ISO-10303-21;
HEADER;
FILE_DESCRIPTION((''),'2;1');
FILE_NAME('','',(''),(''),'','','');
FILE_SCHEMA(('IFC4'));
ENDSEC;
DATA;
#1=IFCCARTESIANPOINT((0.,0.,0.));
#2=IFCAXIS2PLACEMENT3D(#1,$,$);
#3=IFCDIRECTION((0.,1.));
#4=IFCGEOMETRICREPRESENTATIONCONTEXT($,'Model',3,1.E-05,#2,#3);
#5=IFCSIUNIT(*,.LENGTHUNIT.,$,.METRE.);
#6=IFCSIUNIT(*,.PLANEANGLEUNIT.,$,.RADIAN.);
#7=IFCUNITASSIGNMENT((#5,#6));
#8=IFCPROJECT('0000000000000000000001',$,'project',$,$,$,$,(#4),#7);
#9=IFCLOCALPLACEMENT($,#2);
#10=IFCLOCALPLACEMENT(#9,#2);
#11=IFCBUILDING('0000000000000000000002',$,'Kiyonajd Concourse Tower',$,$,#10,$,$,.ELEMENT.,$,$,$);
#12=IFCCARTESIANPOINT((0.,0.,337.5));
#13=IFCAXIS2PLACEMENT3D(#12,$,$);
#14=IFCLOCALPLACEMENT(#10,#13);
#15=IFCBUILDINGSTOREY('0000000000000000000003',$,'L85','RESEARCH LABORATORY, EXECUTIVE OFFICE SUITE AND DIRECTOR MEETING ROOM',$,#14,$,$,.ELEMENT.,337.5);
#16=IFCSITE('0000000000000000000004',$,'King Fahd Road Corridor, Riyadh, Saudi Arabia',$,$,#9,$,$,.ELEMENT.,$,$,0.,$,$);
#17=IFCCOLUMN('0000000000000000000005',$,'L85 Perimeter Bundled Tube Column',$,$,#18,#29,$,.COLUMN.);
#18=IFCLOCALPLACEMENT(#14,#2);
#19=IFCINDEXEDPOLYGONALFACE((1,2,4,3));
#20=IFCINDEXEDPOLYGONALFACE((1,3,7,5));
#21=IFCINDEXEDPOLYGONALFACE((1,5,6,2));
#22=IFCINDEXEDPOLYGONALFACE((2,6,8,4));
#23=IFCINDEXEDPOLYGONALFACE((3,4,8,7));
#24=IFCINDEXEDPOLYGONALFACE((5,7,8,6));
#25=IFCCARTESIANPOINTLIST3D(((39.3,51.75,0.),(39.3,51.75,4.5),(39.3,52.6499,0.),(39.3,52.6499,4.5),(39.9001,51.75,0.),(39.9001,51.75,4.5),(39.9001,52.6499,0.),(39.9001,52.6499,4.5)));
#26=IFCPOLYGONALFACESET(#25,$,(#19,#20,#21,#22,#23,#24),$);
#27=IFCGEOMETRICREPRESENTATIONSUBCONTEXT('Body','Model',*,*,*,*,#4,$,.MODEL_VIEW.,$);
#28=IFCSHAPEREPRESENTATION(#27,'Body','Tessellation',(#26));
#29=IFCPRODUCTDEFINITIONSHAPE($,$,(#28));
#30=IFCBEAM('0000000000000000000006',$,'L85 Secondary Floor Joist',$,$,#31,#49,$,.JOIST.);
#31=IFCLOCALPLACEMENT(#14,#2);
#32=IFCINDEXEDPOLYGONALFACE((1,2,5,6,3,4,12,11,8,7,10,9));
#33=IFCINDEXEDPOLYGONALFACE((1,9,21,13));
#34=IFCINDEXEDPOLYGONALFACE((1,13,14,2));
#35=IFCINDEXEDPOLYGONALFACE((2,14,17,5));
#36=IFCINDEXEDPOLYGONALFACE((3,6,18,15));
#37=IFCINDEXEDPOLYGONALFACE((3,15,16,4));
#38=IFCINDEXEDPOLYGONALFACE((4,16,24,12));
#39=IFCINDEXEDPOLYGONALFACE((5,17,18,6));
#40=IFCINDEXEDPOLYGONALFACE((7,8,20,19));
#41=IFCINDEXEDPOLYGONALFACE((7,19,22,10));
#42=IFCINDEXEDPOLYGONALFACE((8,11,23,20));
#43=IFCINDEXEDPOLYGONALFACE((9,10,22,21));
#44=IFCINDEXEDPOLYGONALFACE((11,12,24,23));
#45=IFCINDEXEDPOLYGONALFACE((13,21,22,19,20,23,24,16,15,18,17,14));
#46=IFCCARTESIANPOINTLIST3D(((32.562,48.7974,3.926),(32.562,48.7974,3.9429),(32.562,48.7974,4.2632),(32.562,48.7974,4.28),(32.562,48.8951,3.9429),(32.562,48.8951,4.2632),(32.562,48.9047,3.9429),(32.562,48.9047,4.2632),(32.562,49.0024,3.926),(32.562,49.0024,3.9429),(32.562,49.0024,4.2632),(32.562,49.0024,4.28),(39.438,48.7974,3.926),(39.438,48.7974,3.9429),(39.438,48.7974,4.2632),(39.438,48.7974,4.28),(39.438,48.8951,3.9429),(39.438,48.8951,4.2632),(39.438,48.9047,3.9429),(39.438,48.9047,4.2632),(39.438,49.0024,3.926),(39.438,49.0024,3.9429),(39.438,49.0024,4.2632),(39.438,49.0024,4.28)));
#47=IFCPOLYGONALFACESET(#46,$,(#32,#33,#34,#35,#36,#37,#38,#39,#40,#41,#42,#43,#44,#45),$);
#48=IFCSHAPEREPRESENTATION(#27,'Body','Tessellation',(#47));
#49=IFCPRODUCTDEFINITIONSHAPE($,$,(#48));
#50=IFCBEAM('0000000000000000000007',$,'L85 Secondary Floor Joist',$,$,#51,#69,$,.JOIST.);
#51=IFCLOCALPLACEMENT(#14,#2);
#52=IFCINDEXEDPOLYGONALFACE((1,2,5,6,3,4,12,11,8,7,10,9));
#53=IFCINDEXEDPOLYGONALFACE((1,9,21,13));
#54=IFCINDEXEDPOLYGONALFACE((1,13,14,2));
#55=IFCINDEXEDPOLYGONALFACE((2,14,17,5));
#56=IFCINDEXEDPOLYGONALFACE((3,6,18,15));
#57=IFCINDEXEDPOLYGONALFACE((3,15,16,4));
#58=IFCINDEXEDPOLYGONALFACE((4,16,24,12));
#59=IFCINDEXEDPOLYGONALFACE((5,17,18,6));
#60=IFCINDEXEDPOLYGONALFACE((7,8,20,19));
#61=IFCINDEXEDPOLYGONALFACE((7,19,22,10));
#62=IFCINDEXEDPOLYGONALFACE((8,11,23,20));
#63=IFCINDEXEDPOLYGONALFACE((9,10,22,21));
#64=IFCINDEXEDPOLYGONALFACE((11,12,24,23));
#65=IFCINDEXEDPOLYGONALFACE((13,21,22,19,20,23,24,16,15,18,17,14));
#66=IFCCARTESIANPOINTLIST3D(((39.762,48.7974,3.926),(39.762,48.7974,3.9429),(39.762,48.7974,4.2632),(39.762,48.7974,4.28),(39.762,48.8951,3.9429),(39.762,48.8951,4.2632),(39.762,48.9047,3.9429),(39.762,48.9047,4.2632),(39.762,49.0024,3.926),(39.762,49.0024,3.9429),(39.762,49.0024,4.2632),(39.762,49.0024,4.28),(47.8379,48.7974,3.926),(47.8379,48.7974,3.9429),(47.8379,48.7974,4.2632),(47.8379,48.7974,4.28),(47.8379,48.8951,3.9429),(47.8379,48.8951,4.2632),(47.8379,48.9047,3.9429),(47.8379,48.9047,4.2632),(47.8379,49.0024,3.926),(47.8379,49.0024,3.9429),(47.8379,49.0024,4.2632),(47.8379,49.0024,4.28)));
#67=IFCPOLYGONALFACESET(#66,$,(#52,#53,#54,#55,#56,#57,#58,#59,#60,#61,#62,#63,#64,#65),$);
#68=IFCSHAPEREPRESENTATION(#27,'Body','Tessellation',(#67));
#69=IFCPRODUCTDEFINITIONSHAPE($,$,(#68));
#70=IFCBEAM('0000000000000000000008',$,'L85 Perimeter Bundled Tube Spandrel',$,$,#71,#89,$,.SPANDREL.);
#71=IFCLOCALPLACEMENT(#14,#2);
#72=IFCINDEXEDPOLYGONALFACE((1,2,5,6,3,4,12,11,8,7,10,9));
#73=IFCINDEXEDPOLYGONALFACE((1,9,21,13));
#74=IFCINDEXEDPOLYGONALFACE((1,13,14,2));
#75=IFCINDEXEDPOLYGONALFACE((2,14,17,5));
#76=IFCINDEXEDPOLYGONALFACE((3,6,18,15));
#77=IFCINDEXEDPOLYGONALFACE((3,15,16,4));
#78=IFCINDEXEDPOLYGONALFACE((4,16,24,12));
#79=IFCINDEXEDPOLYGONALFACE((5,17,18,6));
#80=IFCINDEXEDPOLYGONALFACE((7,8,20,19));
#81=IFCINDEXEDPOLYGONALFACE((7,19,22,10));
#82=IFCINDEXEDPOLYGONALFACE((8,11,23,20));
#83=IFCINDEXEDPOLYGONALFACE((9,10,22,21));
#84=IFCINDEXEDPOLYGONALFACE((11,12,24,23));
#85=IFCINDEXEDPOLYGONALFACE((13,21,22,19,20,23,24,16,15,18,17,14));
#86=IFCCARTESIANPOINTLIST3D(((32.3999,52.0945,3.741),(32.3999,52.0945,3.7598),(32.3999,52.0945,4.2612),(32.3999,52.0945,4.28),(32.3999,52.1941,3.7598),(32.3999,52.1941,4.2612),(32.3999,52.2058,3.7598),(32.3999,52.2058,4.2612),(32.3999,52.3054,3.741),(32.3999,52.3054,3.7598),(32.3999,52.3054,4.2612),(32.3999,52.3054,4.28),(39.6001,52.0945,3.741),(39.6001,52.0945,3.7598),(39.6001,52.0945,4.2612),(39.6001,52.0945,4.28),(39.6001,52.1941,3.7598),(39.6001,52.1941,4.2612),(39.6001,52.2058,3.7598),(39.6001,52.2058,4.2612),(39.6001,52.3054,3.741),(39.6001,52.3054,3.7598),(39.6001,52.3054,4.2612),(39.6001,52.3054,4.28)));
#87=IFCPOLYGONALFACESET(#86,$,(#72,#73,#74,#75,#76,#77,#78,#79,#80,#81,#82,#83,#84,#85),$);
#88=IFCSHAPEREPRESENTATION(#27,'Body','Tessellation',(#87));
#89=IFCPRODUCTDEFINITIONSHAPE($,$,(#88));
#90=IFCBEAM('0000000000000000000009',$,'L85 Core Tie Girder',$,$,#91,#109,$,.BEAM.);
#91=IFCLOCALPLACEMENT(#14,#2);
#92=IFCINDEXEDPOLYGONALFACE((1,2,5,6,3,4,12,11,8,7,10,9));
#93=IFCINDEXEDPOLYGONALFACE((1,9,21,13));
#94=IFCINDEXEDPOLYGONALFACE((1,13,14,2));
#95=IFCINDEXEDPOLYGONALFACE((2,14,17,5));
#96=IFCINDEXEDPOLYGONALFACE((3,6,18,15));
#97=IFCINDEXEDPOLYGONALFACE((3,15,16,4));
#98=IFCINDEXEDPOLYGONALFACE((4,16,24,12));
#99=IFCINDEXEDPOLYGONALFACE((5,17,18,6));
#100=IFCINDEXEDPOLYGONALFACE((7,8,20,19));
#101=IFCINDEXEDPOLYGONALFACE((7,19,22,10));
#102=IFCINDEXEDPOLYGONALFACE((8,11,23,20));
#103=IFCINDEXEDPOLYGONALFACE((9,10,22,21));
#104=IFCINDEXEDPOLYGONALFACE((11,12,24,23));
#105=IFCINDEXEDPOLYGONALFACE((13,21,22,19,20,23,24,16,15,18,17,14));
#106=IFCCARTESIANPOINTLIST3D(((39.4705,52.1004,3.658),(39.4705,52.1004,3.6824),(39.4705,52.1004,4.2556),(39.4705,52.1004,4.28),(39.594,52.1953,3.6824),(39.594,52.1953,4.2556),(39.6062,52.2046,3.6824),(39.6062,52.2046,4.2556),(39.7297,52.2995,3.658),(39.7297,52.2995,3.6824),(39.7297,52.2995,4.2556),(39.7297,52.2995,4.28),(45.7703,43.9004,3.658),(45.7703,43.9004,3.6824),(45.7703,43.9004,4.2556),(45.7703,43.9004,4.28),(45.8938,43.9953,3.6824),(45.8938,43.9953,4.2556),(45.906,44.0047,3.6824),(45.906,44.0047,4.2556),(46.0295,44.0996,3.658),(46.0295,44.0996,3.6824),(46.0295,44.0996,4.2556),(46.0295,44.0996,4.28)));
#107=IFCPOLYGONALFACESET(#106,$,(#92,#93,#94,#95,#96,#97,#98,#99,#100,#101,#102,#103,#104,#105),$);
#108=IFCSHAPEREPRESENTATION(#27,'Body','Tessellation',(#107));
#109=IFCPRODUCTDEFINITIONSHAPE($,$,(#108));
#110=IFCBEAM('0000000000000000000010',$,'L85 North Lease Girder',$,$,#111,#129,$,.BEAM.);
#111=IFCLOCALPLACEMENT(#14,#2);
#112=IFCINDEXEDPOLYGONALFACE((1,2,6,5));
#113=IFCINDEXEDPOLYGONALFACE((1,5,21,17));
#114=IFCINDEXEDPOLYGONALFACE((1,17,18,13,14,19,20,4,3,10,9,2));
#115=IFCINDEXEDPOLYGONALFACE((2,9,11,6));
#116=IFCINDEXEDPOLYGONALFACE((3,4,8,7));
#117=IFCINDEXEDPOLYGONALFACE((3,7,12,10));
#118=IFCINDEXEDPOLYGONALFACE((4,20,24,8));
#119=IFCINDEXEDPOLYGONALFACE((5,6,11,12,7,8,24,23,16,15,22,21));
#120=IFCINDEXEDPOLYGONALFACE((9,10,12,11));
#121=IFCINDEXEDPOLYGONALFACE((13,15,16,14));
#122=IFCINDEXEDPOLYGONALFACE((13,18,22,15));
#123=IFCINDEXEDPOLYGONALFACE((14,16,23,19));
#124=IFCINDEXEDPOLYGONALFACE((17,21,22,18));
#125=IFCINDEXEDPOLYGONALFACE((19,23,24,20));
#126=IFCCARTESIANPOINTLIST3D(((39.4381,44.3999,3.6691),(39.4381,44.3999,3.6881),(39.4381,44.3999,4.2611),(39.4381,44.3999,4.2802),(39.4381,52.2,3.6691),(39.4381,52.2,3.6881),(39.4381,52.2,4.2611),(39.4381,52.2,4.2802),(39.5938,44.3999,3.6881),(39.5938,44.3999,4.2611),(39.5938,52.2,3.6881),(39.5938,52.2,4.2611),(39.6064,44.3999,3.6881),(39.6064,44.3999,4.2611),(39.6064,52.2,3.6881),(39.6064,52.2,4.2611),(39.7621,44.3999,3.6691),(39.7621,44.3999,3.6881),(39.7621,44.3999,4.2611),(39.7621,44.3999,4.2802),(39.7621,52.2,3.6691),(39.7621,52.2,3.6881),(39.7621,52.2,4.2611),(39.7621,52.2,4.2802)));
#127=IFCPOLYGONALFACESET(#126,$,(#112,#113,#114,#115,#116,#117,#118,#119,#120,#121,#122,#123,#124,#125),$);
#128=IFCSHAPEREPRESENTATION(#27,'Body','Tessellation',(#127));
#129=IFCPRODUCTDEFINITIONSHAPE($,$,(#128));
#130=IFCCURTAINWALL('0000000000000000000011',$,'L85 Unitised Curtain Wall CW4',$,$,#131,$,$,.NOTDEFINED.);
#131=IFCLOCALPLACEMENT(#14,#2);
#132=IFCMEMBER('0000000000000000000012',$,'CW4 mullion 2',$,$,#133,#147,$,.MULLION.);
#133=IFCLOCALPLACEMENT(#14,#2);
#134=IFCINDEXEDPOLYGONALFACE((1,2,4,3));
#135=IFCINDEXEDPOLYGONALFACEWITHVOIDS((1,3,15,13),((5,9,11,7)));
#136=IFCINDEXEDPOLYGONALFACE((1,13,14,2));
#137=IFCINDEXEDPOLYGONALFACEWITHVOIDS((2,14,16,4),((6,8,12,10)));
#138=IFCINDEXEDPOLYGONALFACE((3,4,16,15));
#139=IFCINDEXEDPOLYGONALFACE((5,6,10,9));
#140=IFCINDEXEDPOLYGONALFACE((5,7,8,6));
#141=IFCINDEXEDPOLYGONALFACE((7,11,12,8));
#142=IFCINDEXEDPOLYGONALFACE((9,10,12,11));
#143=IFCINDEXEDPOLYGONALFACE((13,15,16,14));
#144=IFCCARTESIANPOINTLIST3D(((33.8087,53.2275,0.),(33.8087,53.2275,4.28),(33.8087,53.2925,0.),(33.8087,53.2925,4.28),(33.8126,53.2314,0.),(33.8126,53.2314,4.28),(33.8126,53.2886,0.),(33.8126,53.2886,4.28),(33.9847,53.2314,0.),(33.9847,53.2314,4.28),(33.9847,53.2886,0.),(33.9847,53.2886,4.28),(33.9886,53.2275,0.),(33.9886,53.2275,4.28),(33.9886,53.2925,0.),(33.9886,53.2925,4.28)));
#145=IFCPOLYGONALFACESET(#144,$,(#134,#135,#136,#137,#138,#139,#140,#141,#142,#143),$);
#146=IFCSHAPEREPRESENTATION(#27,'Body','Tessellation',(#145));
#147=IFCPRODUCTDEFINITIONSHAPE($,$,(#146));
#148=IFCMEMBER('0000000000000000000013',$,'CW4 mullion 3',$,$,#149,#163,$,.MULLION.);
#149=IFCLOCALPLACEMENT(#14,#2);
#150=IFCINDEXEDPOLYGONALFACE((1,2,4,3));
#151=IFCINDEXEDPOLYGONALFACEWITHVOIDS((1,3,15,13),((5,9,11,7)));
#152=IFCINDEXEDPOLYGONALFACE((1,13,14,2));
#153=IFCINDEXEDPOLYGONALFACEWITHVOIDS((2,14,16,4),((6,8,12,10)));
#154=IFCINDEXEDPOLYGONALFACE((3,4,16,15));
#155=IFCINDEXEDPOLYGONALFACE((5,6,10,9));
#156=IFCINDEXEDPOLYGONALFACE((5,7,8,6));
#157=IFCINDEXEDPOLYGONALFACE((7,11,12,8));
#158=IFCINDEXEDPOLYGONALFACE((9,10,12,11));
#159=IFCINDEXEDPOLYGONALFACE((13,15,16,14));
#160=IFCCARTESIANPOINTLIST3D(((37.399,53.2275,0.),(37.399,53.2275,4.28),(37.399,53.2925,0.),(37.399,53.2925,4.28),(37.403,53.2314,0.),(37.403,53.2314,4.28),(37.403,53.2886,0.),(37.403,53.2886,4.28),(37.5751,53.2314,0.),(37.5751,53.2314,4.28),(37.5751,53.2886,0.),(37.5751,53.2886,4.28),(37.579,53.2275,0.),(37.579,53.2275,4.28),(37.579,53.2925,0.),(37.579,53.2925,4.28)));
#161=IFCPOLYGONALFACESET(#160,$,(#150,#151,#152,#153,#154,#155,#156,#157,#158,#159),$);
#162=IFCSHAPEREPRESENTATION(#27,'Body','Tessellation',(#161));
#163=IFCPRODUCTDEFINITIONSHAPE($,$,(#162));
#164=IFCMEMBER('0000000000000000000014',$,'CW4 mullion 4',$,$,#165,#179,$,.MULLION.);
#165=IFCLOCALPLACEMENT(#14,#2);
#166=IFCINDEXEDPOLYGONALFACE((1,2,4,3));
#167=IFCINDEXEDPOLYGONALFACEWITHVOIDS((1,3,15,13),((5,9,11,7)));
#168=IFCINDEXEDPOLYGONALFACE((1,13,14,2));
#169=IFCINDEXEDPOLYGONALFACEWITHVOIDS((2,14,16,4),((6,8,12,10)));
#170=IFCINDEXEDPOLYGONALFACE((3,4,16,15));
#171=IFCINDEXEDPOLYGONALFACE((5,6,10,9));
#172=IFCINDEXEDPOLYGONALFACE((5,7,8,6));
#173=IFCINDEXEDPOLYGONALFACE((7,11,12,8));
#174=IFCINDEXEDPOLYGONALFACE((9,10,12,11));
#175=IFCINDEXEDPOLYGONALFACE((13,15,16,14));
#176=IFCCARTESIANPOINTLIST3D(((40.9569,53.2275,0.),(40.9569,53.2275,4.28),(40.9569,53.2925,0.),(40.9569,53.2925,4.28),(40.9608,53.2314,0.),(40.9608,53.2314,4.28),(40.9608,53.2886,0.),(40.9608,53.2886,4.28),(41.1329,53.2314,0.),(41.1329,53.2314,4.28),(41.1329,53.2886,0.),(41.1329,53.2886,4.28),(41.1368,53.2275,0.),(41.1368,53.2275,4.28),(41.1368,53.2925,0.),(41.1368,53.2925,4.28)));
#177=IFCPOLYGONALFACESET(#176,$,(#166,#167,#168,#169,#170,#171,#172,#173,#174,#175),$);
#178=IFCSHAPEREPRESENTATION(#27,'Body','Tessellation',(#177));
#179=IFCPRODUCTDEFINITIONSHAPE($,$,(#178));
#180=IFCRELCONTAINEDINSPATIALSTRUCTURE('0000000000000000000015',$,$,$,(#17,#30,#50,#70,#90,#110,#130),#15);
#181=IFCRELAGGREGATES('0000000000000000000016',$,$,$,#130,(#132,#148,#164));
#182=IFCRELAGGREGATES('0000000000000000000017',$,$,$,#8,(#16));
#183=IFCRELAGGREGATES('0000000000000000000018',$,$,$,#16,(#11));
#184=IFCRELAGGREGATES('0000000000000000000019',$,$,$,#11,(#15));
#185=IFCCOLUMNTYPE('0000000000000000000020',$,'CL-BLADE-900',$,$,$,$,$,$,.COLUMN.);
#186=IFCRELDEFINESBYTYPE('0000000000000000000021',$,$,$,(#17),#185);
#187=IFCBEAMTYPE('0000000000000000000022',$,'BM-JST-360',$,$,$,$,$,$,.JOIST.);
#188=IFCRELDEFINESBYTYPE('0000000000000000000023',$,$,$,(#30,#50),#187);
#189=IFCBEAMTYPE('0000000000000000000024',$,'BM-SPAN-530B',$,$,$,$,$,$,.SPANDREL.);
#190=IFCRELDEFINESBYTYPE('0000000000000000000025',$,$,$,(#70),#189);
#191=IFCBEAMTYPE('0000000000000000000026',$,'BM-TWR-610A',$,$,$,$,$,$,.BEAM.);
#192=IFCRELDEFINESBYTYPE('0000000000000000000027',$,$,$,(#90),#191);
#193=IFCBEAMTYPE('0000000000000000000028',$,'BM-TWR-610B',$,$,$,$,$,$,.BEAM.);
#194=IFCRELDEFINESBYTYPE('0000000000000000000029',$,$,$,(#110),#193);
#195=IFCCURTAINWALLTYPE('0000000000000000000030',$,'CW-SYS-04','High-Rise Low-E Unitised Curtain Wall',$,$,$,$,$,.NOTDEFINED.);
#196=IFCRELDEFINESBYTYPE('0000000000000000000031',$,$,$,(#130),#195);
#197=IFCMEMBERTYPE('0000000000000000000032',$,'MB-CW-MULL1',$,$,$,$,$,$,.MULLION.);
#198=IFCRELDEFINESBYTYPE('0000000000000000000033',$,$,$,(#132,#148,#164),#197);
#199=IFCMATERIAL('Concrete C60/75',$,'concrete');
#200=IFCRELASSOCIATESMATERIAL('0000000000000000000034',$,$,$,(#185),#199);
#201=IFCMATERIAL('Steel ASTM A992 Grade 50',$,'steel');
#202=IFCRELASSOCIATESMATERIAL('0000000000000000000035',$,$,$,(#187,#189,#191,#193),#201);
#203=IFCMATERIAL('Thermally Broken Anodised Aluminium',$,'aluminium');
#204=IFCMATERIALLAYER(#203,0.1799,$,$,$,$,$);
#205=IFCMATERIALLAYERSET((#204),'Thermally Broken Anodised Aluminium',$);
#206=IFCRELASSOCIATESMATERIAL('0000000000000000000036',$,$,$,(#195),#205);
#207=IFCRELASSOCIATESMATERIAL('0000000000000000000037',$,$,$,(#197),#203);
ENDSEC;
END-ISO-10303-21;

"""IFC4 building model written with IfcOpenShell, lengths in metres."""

from ifc_helpers import new_model, si_unit, direction, frame, origin, origin_2d, place, context, subcontext, project, spatial, rectangle, hollow_rectangle, i_section, extrude, material, layer, layer_set, material_profile, profile_set, type_object, element, aggregate, save


model = new_model("IFC4")

# Units and contexts
model_context = context("Model", 3, precision=1e-05, world=origin(), true_north=direction((0.0, 1.0)))
body_context = subcontext(model_context, "Body", "Model", "MODEL_VIEW")
ifc_project = project(units=[si_unit("LENGTHUNIT", "METRE"), si_unit("PLANEANGLEUNIT", "RADIAN")], contexts=[model_context])

# Site, building, storey
site_placement = place(None, origin())
site = spatial("IfcSite", under=ifc_project, at=site_placement, Name="King Fahd Road Corridor, Riyadh, Saudi Arabia", CompositionType="ELEMENT", RefElevation=0.0)
building_placement = place(site_placement, origin())
building = spatial("IfcBuilding", under=site, at=building_placement, Name="Kiyonajd Concourse Tower", CompositionType="ELEMENT")
storey_placement = place(building_placement, frame((0.0, 0.0, 337.5)))
storey = spatial("IfcBuildingStorey", under=building, at=storey_placement, Name="L85", Description="RESEARCH LABORATORY, EXECUTIVE OFFICE SUITE AND DIRECTOR MEETING ROOM", CompositionType="ELEMENT", Elevation=337.5)

# Column
ifc_material_1 = material(Name="Concrete C60/75", Category="concrete")
ifc_material_profile_1 = material_profile(ifc_material_1, rectangle(XDim=0.6001, YDim=0.8999, at=origin_2d()), Name="RC-900x600")
ifc_profile_set_1 = profile_set([ifc_material_profile_1], Name="Concrete C60/75")
column_type = type_object("IfcColumnType", Name="CL-BLADE-900", PredefinedType="COLUMN", material=ifc_profile_set_1)
column_placement = place(storey_placement, frame((39.6001, 52.2, 0.0), z_axis=(0.0, 0.0, 1.0), x_axis=(1.0, 0.0, 0.0)))
element("IfcColumn", 1, at=column_placement, inside=storey, type_object=column_type, Name="L85 Perimeter Bundled Tube Column", PredefinedType="COLUMN", context=body_context, shape_type="SweptSolid", body=[
    extrude(rectangle(XDim=0.6001, YDim=0.8999, at=origin_2d()), origin(), (0.0, 0.0, 1.0), 4.5),
])

# Beams
ifc_material_2 = material(Name="Steel ASTM A992 Grade 50", Category="steel")
ifc_material_profile_2 = material_profile(ifc_material_2, i_section(OverallWidth=0.2051, OverallDepth=0.354, WebThickness=0.0095, FlangeThickness=0.0168, at=origin_2d()), Name="W360X79")
ifc_profile_set_2 = profile_set([ifc_material_profile_2], Name="Steel ASTM A992 Grade 50")
beam_type_1 = type_object("IfcBeamType", Name="BM-JST-360", PredefinedType="JOIST", material=ifc_profile_set_2)
beam_1_placement = place(storey_placement, frame((32.562, 48.8999, 4.103), z_axis=(1.0, 0.0, 0.0), x_axis=(0.0, 1.0, 0.0)))
element("IfcBeam", 2, at=beam_1_placement, inside=storey, type_object=beam_type_1, Name="L85 Secondary Floor Joist", PredefinedType="JOIST", context=body_context, shape_type="SweptSolid", body=[
    extrude(i_section(OverallWidth=0.2051, OverallDepth=0.354, WebThickness=0.0095, FlangeThickness=0.0168, at=origin_2d()), origin(), (0.0, 0.0, 1.0), 6.876),
])
beam_2_placement = place(storey_placement, frame((39.762, 48.8999, 4.103), z_axis=(1.0, 0.0, 0.0), x_axis=(0.0, 1.0, 0.0)))
element("IfcBeam", 3, at=beam_2_placement, inside=storey, type_object=beam_type_1, Name="L85 Secondary Floor Joist", PredefinedType="JOIST", context=body_context, shape_type="SweptSolid", body=[
    extrude(i_section(OverallWidth=0.2051, OverallDepth=0.354, WebThickness=0.0095, FlangeThickness=0.0168, at=origin_2d()), origin(), (0.0, 0.0, 1.0), 8.0759),
])
ifc_material_profile_3 = material_profile(ifc_material_2, i_section(OverallWidth=0.2109, OverallDepth=0.5391, WebThickness=0.0117, FlangeThickness=0.0188, at=origin_2d()), Name="W530X109")
ifc_profile_set_3 = profile_set([ifc_material_profile_3], Name="Steel ASTM A992 Grade 50")
beam_type_2 = type_object("IfcBeamType", Name="BM-SPAN-530B", PredefinedType="SPANDREL", material=ifc_profile_set_3)
beam_3_placement = place(storey_placement, frame((39.6001, 52.2, 4.0105), z_axis=(-1.0, 0.0, 0.0), x_axis=(0.0, -1.0, 0.0)))
element("IfcBeam", 4, at=beam_3_placement, inside=storey, type_object=beam_type_2, Name="L85 Perimeter Bundled Tube Spandrel", PredefinedType="SPANDREL", context=body_context, shape_type="SweptSolid", body=[
    extrude(i_section(OverallWidth=0.2109, OverallDepth=0.5391, WebThickness=0.0117, FlangeThickness=0.0188, at=origin_2d()), origin(), (0.0, 0.0, 1.0), 7.2002),
])
ifc_material_profile_4 = material_profile(ifc_material_2, i_section(OverallWidth=0.3269, OverallDepth=0.6221, WebThickness=0.0154, FlangeThickness=0.0244, at=origin_2d()), Name="W610X195")
ifc_profile_set_4 = profile_set([ifc_material_profile_4], Name="Steel ASTM A992 Grade 50")
beam_type_3 = type_object("IfcBeamType", Name="BM-TWR-610A", PredefinedType="BEAM", material=ifc_profile_set_4)
beam_4_placement = place(storey_placement, frame((39.6001, 52.2, 3.969), z_axis=(0.609234, -0.792991, 0.0), x_axis=(0.792991, 0.609234, 0.0)))
element("IfcBeam", 5, at=beam_4_placement, inside=storey, type_object=beam_type_3, Name="L85 Core Tie Girder", PredefinedType="BEAM", context=body_context, shape_type="SweptSolid", body=[
    extrude(i_section(OverallWidth=0.3269, OverallDepth=0.6221, WebThickness=0.0154, FlangeThickness=0.0244, at=origin_2d()), origin(), (0.0, 0.0, 1.0), 10.3406),
])
ifc_material_profile_5 = material_profile(ifc_material_2, i_section(OverallWidth=0.324, OverallDepth=0.6111, WebThickness=0.0127, FlangeThickness=0.019, at=origin_2d()), Name="W610X155")
ifc_profile_set_5 = profile_set([ifc_material_profile_5], Name="Steel ASTM A992 Grade 50")
beam_type_4 = type_object("IfcBeamType", Name="BM-TWR-610B", PredefinedType="BEAM", material=ifc_profile_set_5)
beam_5_placement = place(storey_placement, frame((39.6001, 44.3999, 3.9746), z_axis=(0.0, 1.0, 0.0), x_axis=(-1.0, 0.0, 0.0)))
element("IfcBeam", 6, at=beam_5_placement, inside=storey, type_object=beam_type_4, Name="L85 North Lease Girder", PredefinedType="BEAM", context=body_context, shape_type="SweptSolid", body=[
    extrude(i_section(OverallWidth=0.324, OverallDepth=0.6111, WebThickness=0.0127, FlangeThickness=0.019, at=origin_2d()), origin(), (0.0, 0.0, 1.0), 7.8),
])

# Curtain wall, members
ifc_material_3 = material(Name="Thermally Broken Anodised Aluminium", Category="aluminium")
ifc_layer_1 = layer(ifc_material_3, 0.1799)
ifc_layer_set_1 = layer_set([ifc_layer_1], Name="Thermally Broken Anodised Aluminium")
curtain_wall_type = type_object("IfcCurtainWallType", Name="CW-SYS-04", Description="High-Rise Low-E Unitised Curtain Wall", PredefinedType="NOTDEFINED", material=ifc_layer_set_1)
curtain_wall_placement = place(storey_placement, origin())
curtain_wall = element("IfcCurtainWall", 7, at=curtain_wall_placement, inside=storey, type_object=curtain_wall_type, Name="L85 Unitised Curtain Wall CW4", PredefinedType="NOTDEFINED")
ifc_material_profile_6 = material_profile(ifc_material_3, hollow_rectangle(XDim=0.0649, YDim=0.1799, WallThickness=0.0039, at=origin_2d()), Name="MULL-65x180")
ifc_profile_set_6 = profile_set([ifc_material_profile_6], Name="Thermally Broken Anodised Aluminium")
member_type_1 = type_object("IfcMemberType", Name="MB-CW-MULL1", PredefinedType="MULLION", material=ifc_profile_set_6)
member_1_placement = place(storey_placement, frame((33.8987, 53.26, 0.0), z_axis=(0.0, 0.0, 1.0), x_axis=(0.0, 1.0, 0.0)))
member_1 = element("IfcMember", 8, at=member_1_placement, type_object=member_type_1, Name="CW4 mullion 2", PredefinedType="MULLION", context=body_context, shape_type="SweptSolid", body=[
    extrude(hollow_rectangle(XDim=0.0649, YDim=0.1799, WallThickness=0.0039, at=origin_2d()), origin(), (0.0, 0.0, 1.0), 4.28),
])
member_2_placement = place(storey_placement, frame((37.489, 53.26, 0.0), z_axis=(0.0, 0.0, 1.0), x_axis=(0.0, 1.0, 0.0)))
member_2 = element("IfcMember", 9, at=member_2_placement, type_object=member_type_1, Name="CW4 mullion 3", PredefinedType="MULLION", context=body_context, shape_type="SweptSolid", body=[
    extrude(hollow_rectangle(XDim=0.0649, YDim=0.1799, WallThickness=0.0039, at=origin_2d()), origin(), (0.0, 0.0, 1.0), 4.28),
])
member_3_placement = place(storey_placement, frame((41.0469, 53.26, 0.0), z_axis=(0.0, 0.0, 1.0), x_axis=(0.0, 1.0, 0.0)))
member_3 = element("IfcMember", 10, at=member_3_placement, type_object=member_type_1, Name="CW4 mullion 4", PredefinedType="MULLION", context=body_context, shape_type="SweptSolid", body=[
    extrude(hollow_rectangle(XDim=0.0649, YDim=0.1799, WallThickness=0.0039, at=origin_2d()), origin(), (0.0, 0.0, 1.0), 4.28),
])

aggregate(curtain_wall, [member_1, member_2, member_3])

save(model, "model.ifc")
